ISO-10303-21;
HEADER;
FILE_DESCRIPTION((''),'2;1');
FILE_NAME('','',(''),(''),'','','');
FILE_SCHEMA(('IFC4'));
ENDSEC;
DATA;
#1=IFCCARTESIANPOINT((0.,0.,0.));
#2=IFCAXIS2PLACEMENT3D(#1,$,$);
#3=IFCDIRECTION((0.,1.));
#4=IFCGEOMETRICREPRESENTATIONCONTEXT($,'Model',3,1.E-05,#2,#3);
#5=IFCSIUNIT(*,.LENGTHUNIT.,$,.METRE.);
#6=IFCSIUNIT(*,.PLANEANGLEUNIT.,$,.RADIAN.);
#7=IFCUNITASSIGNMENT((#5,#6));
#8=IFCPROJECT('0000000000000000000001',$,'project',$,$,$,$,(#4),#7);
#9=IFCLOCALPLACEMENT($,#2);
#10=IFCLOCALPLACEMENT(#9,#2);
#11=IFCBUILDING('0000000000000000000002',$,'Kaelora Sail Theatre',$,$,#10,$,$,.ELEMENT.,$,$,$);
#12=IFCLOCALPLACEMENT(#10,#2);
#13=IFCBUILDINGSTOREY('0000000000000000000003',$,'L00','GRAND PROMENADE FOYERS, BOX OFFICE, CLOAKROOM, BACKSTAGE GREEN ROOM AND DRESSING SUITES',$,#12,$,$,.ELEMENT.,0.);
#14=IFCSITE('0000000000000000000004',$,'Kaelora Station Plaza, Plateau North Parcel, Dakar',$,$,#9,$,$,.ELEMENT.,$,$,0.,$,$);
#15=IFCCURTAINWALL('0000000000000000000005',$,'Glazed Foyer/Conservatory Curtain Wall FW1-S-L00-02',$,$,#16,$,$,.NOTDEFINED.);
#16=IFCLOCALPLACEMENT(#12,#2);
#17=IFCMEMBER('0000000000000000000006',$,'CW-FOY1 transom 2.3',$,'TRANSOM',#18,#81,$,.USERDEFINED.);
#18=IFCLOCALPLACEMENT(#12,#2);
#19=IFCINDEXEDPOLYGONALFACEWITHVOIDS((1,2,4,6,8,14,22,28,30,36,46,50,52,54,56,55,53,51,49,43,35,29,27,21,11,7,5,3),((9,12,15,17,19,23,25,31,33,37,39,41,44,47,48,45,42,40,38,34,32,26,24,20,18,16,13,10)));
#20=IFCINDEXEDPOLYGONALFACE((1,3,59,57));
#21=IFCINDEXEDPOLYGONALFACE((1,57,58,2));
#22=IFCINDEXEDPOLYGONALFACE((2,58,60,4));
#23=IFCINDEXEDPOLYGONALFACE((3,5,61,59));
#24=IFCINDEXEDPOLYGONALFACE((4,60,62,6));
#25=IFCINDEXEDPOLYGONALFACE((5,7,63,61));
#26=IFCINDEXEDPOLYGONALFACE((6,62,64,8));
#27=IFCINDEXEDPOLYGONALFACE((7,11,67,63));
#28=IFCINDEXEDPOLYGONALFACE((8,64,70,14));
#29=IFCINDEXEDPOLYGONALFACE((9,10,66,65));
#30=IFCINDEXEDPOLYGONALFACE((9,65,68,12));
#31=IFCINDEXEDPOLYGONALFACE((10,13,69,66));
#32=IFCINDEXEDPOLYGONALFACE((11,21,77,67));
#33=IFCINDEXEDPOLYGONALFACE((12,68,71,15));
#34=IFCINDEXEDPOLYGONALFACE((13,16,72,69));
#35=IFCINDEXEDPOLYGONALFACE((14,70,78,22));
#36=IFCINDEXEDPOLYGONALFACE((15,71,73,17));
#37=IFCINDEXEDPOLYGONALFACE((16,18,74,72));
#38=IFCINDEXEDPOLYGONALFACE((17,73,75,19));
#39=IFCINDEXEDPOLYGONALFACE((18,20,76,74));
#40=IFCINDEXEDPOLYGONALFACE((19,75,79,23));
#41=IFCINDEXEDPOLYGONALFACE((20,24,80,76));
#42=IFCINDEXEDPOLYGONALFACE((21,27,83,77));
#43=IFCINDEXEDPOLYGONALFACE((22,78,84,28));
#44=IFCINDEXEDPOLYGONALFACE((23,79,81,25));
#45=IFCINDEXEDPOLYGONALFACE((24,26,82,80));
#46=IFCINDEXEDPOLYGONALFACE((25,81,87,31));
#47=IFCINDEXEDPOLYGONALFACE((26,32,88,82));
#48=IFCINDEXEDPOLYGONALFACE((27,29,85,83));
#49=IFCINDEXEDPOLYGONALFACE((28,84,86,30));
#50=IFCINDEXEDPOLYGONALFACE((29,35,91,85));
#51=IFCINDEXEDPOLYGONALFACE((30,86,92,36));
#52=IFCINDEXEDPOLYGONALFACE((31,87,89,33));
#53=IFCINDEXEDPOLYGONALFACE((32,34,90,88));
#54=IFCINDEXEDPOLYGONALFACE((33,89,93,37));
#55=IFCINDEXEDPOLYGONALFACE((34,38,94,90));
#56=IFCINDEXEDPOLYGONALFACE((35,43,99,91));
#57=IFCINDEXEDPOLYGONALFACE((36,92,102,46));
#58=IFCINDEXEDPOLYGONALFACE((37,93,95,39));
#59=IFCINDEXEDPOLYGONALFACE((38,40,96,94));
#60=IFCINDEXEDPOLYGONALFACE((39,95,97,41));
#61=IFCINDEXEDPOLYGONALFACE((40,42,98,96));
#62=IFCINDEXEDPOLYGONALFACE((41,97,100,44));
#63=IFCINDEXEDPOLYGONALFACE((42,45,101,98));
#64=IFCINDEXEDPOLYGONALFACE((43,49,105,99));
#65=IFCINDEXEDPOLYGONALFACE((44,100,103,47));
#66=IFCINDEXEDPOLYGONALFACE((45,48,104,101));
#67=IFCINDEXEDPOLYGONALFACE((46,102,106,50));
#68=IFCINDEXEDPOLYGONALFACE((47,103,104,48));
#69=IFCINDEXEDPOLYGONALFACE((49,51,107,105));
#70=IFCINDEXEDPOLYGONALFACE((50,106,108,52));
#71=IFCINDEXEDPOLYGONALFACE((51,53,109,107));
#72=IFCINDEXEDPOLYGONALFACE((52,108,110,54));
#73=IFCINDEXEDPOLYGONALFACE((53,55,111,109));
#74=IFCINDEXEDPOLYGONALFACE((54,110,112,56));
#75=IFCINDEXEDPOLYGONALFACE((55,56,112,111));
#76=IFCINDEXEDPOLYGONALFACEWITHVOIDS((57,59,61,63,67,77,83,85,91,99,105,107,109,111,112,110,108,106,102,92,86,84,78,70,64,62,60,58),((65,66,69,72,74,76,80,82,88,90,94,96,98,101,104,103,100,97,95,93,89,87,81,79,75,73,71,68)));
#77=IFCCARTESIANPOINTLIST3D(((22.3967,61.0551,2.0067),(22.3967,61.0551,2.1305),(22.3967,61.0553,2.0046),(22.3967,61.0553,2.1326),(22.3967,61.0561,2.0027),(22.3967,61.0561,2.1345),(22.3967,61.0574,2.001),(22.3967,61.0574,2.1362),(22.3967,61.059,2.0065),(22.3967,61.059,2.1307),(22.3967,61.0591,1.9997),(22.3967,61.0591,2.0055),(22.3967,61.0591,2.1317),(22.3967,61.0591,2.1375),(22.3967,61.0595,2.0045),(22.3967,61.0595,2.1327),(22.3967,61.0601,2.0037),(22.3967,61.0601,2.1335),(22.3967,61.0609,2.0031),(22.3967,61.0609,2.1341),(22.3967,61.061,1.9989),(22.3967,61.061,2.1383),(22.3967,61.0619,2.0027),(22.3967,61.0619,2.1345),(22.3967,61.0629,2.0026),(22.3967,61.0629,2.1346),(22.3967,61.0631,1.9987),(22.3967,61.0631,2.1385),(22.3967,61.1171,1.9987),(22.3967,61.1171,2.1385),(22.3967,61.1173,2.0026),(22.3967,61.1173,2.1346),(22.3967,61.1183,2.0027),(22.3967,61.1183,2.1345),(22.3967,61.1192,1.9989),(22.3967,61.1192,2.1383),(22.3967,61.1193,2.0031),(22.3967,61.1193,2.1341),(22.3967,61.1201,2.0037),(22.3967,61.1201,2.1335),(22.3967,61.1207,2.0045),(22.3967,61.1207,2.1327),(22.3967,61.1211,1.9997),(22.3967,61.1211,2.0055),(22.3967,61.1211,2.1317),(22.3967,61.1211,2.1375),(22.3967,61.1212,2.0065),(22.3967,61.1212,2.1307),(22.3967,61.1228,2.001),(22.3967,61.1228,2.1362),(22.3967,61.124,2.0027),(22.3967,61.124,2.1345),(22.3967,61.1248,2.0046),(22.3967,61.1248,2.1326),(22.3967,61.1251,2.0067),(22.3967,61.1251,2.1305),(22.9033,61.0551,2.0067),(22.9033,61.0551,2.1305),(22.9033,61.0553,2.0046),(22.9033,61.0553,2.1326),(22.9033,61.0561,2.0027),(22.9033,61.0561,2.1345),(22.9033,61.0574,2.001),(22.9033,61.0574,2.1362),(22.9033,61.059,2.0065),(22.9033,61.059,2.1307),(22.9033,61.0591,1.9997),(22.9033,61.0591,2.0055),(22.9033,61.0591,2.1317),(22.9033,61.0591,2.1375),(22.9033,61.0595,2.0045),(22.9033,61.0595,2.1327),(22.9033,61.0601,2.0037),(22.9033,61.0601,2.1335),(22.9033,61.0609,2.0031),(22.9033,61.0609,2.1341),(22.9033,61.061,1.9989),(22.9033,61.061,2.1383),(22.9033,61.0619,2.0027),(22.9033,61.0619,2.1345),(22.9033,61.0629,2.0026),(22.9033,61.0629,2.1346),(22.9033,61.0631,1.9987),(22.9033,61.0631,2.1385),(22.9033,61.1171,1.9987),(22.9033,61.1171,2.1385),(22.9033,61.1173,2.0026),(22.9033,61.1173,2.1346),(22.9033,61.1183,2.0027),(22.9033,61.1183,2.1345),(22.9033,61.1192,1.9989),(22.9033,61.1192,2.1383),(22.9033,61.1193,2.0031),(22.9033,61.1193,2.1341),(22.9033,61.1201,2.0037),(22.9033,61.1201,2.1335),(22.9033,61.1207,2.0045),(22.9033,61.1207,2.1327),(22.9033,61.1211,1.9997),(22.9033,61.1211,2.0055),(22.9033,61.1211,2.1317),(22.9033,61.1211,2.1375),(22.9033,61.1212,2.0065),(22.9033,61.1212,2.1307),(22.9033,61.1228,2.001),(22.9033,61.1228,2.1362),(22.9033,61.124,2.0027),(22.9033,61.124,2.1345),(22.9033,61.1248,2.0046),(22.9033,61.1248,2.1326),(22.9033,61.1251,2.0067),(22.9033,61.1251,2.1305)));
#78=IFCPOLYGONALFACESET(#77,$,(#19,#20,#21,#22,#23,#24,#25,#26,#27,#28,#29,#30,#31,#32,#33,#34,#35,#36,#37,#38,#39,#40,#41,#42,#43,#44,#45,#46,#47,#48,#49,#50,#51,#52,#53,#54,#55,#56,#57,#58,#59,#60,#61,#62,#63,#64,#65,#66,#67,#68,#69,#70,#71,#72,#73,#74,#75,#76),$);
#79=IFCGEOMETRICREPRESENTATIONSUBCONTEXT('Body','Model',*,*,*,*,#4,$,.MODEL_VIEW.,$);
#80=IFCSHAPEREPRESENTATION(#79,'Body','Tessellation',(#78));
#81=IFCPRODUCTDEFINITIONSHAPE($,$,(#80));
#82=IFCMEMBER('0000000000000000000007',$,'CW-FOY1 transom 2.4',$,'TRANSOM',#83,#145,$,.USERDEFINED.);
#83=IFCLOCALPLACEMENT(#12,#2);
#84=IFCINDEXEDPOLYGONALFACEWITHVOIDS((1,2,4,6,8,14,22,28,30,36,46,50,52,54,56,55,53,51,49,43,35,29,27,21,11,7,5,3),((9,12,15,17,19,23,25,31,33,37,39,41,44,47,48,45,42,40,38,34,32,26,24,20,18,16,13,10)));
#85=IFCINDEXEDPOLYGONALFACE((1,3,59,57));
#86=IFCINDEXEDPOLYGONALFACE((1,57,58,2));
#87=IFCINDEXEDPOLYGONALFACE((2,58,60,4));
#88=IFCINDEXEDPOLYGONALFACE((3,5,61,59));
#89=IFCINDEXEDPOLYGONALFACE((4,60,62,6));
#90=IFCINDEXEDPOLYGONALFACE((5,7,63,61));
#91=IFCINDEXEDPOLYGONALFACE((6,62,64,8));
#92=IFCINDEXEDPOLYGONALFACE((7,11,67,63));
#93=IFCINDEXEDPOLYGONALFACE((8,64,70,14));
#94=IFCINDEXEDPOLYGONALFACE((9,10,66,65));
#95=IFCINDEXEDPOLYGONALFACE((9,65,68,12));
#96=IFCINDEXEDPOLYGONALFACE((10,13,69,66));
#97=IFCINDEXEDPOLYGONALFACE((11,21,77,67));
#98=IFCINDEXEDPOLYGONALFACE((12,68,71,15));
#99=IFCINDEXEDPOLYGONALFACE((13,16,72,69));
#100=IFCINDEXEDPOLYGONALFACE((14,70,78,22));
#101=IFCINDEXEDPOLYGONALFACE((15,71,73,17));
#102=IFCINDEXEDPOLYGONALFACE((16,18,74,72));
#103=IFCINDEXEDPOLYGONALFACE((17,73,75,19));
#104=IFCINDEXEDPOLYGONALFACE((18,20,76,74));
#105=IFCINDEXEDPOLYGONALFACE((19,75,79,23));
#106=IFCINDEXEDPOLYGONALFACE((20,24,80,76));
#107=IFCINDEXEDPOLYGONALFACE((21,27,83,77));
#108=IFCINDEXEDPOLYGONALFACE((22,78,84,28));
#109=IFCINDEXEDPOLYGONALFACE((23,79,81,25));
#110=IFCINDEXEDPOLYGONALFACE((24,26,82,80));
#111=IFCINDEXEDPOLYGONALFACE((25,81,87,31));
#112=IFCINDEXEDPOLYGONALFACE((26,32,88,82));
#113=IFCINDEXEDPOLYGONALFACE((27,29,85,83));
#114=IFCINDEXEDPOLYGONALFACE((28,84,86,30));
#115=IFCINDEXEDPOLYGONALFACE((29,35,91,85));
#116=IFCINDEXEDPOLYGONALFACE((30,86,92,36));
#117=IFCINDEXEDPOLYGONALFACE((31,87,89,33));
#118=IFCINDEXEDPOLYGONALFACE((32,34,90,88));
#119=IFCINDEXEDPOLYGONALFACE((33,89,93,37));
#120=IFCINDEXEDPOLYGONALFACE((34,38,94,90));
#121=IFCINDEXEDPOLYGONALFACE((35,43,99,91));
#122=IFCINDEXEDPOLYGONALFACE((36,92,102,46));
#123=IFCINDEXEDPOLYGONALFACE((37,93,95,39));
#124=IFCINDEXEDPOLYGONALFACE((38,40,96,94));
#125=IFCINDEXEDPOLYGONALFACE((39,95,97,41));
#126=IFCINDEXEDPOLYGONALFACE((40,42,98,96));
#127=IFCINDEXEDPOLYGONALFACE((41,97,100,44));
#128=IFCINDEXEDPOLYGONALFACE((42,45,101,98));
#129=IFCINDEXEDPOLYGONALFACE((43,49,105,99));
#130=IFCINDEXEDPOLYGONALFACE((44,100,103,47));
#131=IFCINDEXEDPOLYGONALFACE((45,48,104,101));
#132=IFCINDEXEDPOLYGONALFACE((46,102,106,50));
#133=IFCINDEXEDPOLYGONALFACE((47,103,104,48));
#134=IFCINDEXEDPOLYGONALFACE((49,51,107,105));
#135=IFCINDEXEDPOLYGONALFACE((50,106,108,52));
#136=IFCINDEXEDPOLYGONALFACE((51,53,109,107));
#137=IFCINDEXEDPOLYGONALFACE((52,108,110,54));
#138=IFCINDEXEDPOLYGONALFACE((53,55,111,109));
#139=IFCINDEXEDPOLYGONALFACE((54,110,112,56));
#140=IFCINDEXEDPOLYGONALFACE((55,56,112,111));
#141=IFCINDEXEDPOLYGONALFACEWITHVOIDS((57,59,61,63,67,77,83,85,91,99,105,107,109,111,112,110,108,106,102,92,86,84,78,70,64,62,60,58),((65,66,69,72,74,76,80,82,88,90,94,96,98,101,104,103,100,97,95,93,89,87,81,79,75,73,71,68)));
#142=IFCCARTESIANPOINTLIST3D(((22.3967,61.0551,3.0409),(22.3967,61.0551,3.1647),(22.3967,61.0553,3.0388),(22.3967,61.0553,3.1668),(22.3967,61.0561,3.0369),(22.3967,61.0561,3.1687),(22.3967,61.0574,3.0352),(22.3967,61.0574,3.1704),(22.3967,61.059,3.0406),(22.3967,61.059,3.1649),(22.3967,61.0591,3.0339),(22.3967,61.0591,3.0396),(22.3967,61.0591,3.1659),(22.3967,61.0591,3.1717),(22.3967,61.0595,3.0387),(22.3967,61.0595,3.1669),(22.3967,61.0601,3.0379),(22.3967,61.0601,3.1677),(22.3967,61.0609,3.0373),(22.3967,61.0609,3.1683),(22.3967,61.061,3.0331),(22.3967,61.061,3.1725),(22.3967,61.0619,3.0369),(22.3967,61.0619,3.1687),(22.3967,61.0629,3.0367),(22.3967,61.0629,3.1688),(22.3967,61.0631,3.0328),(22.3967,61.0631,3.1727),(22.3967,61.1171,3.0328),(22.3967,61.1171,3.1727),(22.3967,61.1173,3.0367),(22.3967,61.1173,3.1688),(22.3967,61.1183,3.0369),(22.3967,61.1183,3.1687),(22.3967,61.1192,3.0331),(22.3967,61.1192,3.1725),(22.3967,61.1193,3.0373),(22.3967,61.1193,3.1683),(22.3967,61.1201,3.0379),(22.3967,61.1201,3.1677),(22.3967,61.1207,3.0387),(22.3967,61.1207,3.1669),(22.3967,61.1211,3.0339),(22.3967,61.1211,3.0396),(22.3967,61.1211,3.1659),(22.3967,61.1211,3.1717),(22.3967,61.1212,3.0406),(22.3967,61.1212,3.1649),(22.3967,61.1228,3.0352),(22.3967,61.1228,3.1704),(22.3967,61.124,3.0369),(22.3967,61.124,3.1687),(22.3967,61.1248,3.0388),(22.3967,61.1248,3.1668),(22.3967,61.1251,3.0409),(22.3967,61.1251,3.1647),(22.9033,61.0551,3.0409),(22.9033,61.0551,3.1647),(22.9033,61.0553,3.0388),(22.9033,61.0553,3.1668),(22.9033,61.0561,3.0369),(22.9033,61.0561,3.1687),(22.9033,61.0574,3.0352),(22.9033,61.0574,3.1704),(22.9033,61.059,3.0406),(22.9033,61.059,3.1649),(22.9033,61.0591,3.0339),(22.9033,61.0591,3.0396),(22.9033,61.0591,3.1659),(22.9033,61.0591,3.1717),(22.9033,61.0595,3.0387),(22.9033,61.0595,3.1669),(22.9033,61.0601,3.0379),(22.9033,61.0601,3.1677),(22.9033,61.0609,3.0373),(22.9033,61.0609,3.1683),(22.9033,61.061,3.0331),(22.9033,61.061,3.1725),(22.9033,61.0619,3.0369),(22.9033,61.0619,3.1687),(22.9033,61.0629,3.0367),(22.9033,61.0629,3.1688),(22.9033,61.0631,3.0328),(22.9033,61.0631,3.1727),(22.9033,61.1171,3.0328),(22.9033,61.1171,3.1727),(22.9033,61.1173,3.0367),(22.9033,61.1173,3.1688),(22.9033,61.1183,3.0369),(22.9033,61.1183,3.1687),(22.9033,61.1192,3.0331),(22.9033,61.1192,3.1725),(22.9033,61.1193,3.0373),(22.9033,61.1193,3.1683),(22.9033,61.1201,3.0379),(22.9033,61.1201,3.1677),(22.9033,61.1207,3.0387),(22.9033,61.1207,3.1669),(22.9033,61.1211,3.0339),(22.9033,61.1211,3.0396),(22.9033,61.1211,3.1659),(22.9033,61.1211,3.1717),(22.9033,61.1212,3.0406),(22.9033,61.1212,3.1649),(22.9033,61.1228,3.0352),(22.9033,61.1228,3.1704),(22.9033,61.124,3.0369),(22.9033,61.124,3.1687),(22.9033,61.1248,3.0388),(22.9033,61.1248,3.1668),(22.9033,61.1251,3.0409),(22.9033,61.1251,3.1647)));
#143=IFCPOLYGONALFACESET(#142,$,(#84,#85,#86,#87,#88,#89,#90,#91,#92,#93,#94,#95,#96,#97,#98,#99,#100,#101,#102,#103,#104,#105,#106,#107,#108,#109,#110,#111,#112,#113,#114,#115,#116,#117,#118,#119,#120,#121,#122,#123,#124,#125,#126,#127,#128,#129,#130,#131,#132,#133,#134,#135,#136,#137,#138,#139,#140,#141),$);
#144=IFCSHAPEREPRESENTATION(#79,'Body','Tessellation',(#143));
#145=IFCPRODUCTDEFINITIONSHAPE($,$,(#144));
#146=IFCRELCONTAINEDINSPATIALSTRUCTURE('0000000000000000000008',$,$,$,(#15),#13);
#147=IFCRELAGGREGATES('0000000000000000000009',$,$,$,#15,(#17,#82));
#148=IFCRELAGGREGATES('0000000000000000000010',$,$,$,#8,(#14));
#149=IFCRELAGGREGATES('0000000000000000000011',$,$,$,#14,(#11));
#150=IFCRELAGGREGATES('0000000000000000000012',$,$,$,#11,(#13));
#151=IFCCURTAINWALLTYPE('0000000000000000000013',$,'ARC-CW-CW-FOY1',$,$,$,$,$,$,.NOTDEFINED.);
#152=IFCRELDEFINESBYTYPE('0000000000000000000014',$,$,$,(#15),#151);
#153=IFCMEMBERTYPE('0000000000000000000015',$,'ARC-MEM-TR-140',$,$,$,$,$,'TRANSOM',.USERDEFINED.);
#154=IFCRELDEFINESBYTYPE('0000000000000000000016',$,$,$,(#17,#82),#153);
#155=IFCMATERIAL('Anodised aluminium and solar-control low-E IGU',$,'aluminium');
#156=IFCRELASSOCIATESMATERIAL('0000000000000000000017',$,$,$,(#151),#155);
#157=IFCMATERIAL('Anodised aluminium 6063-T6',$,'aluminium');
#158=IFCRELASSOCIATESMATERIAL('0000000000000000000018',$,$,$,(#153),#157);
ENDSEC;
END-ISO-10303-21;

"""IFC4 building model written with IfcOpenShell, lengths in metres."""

from ifc_helpers import new_model, si_unit, direction, frame, origin, origin_2d, place, context, subcontext, project, spatial, hollow_rectangle, extrude, material, material_profile, profile_set, type_object, element, aggregate, save


model = new_model("IFC4")

# Units and contexts
model_context = context("Model", 3, precision=1e-05, world=origin(), true_north=direction((0.0, 1.0)))
body_context = subcontext(model_context, "Body", "Model", "MODEL_VIEW")
ifc_project = project(units=[si_unit("LENGTHUNIT", "METRE"), si_unit("PLANEANGLEUNIT", "RADIAN")], contexts=[model_context])

# Site, building, storey
site_placement = place(None, origin())
site = spatial("IfcSite", under=ifc_project, at=site_placement, Name="Kaelora Station Plaza, Plateau North Parcel, Dakar", CompositionType="ELEMENT", RefElevation=0.0)
building_placement = place(site_placement, origin())
building = spatial("IfcBuilding", under=site, at=building_placement, Name="Kaelora Sail Theatre", CompositionType="ELEMENT")
storey_placement = place(building_placement, origin())
storey = spatial("IfcBuildingStorey", under=building, at=storey_placement, Name="L00", Description="GRAND PROMENADE FOYERS, BOX OFFICE, CLOAKROOM, BACKSTAGE GREEN ROOM AND DRESSING SUITES", CompositionType="ELEMENT", Elevation=0.0)

# Curtain wall, members
ifc_material_1 = material(Name="Anodised aluminium and solar-control low-E IGU", Category="aluminium")
curtain_wall_type = type_object("IfcCurtainWallType", Name="ARC-CW-CW-FOY1", PredefinedType="NOTDEFINED", material=ifc_material_1)
curtain_wall_placement = place(storey_placement, origin())
curtain_wall = element("IfcCurtainWall", 1, at=curtain_wall_placement, inside=storey, type_object=curtain_wall_type, Name="Glazed Foyer/Conservatory Curtain Wall FW1-S-L00-02", PredefinedType="NOTDEFINED")
ifc_material_2 = material(Name="Anodised aluminium 6063-T6", Category="aluminium")
ifc_material_profile_1 = material_profile(ifc_material_2, hollow_rectangle(XDim=0.0701, YDim=0.1399, WallThickness=0.0039, InnerFilletRadius=0.0039, OuterFilletRadius=0.0081, at=origin_2d()), Name="ALU-TRAN 70x140x4")
ifc_profile_set_1 = profile_set([ifc_material_profile_1], Name="Anodised aluminium 6063-T6")
member_type_1 = type_object("IfcMemberType", Name="ARC-MEM-TR-140", ElementType="TRANSOM", PredefinedType="USERDEFINED", material=ifc_profile_set_1)
member_1_placement = place(storey_placement, frame((22.3967, 61.0901, 2.0686), z_axis=(1.0, 0.0, 0.0), x_axis=(0.0, 1.0, 0.0)))
member_1 = element("IfcMember", 2, at=member_1_placement, type_object=member_type_1, Name="CW-FOY1 transom 2.3", ObjectType="TRANSOM", PredefinedType="USERDEFINED", context=body_context, shape_type="SweptSolid", body=[
    extrude(hollow_rectangle(XDim=0.0701, YDim=0.1399, WallThickness=0.0039, InnerFilletRadius=0.0039, OuterFilletRadius=0.0081, at=origin_2d()), origin(), (0.0, 0.0, 1.0), 0.5066),
])
member_2_placement = place(storey_placement, frame((22.3967, 61.0901, 3.1028), z_axis=(1.0, 0.0, 0.0), x_axis=(0.0, 1.0, 0.0)))
member_2 = element("IfcMember", 3, at=member_2_placement, type_object=member_type_1, Name="CW-FOY1 transom 2.4", ObjectType="TRANSOM", PredefinedType="USERDEFINED", context=body_context, shape_type="SweptSolid", body=[
    extrude(hollow_rectangle(XDim=0.0701, YDim=0.1399, WallThickness=0.0039, InnerFilletRadius=0.0039, OuterFilletRadius=0.0081, at=origin_2d()), origin(), (0.0, 0.0, 1.0), 0.5066),
])
aggregate(curtain_wall, [member_1, member_2])

save(model, "model.ifc")
